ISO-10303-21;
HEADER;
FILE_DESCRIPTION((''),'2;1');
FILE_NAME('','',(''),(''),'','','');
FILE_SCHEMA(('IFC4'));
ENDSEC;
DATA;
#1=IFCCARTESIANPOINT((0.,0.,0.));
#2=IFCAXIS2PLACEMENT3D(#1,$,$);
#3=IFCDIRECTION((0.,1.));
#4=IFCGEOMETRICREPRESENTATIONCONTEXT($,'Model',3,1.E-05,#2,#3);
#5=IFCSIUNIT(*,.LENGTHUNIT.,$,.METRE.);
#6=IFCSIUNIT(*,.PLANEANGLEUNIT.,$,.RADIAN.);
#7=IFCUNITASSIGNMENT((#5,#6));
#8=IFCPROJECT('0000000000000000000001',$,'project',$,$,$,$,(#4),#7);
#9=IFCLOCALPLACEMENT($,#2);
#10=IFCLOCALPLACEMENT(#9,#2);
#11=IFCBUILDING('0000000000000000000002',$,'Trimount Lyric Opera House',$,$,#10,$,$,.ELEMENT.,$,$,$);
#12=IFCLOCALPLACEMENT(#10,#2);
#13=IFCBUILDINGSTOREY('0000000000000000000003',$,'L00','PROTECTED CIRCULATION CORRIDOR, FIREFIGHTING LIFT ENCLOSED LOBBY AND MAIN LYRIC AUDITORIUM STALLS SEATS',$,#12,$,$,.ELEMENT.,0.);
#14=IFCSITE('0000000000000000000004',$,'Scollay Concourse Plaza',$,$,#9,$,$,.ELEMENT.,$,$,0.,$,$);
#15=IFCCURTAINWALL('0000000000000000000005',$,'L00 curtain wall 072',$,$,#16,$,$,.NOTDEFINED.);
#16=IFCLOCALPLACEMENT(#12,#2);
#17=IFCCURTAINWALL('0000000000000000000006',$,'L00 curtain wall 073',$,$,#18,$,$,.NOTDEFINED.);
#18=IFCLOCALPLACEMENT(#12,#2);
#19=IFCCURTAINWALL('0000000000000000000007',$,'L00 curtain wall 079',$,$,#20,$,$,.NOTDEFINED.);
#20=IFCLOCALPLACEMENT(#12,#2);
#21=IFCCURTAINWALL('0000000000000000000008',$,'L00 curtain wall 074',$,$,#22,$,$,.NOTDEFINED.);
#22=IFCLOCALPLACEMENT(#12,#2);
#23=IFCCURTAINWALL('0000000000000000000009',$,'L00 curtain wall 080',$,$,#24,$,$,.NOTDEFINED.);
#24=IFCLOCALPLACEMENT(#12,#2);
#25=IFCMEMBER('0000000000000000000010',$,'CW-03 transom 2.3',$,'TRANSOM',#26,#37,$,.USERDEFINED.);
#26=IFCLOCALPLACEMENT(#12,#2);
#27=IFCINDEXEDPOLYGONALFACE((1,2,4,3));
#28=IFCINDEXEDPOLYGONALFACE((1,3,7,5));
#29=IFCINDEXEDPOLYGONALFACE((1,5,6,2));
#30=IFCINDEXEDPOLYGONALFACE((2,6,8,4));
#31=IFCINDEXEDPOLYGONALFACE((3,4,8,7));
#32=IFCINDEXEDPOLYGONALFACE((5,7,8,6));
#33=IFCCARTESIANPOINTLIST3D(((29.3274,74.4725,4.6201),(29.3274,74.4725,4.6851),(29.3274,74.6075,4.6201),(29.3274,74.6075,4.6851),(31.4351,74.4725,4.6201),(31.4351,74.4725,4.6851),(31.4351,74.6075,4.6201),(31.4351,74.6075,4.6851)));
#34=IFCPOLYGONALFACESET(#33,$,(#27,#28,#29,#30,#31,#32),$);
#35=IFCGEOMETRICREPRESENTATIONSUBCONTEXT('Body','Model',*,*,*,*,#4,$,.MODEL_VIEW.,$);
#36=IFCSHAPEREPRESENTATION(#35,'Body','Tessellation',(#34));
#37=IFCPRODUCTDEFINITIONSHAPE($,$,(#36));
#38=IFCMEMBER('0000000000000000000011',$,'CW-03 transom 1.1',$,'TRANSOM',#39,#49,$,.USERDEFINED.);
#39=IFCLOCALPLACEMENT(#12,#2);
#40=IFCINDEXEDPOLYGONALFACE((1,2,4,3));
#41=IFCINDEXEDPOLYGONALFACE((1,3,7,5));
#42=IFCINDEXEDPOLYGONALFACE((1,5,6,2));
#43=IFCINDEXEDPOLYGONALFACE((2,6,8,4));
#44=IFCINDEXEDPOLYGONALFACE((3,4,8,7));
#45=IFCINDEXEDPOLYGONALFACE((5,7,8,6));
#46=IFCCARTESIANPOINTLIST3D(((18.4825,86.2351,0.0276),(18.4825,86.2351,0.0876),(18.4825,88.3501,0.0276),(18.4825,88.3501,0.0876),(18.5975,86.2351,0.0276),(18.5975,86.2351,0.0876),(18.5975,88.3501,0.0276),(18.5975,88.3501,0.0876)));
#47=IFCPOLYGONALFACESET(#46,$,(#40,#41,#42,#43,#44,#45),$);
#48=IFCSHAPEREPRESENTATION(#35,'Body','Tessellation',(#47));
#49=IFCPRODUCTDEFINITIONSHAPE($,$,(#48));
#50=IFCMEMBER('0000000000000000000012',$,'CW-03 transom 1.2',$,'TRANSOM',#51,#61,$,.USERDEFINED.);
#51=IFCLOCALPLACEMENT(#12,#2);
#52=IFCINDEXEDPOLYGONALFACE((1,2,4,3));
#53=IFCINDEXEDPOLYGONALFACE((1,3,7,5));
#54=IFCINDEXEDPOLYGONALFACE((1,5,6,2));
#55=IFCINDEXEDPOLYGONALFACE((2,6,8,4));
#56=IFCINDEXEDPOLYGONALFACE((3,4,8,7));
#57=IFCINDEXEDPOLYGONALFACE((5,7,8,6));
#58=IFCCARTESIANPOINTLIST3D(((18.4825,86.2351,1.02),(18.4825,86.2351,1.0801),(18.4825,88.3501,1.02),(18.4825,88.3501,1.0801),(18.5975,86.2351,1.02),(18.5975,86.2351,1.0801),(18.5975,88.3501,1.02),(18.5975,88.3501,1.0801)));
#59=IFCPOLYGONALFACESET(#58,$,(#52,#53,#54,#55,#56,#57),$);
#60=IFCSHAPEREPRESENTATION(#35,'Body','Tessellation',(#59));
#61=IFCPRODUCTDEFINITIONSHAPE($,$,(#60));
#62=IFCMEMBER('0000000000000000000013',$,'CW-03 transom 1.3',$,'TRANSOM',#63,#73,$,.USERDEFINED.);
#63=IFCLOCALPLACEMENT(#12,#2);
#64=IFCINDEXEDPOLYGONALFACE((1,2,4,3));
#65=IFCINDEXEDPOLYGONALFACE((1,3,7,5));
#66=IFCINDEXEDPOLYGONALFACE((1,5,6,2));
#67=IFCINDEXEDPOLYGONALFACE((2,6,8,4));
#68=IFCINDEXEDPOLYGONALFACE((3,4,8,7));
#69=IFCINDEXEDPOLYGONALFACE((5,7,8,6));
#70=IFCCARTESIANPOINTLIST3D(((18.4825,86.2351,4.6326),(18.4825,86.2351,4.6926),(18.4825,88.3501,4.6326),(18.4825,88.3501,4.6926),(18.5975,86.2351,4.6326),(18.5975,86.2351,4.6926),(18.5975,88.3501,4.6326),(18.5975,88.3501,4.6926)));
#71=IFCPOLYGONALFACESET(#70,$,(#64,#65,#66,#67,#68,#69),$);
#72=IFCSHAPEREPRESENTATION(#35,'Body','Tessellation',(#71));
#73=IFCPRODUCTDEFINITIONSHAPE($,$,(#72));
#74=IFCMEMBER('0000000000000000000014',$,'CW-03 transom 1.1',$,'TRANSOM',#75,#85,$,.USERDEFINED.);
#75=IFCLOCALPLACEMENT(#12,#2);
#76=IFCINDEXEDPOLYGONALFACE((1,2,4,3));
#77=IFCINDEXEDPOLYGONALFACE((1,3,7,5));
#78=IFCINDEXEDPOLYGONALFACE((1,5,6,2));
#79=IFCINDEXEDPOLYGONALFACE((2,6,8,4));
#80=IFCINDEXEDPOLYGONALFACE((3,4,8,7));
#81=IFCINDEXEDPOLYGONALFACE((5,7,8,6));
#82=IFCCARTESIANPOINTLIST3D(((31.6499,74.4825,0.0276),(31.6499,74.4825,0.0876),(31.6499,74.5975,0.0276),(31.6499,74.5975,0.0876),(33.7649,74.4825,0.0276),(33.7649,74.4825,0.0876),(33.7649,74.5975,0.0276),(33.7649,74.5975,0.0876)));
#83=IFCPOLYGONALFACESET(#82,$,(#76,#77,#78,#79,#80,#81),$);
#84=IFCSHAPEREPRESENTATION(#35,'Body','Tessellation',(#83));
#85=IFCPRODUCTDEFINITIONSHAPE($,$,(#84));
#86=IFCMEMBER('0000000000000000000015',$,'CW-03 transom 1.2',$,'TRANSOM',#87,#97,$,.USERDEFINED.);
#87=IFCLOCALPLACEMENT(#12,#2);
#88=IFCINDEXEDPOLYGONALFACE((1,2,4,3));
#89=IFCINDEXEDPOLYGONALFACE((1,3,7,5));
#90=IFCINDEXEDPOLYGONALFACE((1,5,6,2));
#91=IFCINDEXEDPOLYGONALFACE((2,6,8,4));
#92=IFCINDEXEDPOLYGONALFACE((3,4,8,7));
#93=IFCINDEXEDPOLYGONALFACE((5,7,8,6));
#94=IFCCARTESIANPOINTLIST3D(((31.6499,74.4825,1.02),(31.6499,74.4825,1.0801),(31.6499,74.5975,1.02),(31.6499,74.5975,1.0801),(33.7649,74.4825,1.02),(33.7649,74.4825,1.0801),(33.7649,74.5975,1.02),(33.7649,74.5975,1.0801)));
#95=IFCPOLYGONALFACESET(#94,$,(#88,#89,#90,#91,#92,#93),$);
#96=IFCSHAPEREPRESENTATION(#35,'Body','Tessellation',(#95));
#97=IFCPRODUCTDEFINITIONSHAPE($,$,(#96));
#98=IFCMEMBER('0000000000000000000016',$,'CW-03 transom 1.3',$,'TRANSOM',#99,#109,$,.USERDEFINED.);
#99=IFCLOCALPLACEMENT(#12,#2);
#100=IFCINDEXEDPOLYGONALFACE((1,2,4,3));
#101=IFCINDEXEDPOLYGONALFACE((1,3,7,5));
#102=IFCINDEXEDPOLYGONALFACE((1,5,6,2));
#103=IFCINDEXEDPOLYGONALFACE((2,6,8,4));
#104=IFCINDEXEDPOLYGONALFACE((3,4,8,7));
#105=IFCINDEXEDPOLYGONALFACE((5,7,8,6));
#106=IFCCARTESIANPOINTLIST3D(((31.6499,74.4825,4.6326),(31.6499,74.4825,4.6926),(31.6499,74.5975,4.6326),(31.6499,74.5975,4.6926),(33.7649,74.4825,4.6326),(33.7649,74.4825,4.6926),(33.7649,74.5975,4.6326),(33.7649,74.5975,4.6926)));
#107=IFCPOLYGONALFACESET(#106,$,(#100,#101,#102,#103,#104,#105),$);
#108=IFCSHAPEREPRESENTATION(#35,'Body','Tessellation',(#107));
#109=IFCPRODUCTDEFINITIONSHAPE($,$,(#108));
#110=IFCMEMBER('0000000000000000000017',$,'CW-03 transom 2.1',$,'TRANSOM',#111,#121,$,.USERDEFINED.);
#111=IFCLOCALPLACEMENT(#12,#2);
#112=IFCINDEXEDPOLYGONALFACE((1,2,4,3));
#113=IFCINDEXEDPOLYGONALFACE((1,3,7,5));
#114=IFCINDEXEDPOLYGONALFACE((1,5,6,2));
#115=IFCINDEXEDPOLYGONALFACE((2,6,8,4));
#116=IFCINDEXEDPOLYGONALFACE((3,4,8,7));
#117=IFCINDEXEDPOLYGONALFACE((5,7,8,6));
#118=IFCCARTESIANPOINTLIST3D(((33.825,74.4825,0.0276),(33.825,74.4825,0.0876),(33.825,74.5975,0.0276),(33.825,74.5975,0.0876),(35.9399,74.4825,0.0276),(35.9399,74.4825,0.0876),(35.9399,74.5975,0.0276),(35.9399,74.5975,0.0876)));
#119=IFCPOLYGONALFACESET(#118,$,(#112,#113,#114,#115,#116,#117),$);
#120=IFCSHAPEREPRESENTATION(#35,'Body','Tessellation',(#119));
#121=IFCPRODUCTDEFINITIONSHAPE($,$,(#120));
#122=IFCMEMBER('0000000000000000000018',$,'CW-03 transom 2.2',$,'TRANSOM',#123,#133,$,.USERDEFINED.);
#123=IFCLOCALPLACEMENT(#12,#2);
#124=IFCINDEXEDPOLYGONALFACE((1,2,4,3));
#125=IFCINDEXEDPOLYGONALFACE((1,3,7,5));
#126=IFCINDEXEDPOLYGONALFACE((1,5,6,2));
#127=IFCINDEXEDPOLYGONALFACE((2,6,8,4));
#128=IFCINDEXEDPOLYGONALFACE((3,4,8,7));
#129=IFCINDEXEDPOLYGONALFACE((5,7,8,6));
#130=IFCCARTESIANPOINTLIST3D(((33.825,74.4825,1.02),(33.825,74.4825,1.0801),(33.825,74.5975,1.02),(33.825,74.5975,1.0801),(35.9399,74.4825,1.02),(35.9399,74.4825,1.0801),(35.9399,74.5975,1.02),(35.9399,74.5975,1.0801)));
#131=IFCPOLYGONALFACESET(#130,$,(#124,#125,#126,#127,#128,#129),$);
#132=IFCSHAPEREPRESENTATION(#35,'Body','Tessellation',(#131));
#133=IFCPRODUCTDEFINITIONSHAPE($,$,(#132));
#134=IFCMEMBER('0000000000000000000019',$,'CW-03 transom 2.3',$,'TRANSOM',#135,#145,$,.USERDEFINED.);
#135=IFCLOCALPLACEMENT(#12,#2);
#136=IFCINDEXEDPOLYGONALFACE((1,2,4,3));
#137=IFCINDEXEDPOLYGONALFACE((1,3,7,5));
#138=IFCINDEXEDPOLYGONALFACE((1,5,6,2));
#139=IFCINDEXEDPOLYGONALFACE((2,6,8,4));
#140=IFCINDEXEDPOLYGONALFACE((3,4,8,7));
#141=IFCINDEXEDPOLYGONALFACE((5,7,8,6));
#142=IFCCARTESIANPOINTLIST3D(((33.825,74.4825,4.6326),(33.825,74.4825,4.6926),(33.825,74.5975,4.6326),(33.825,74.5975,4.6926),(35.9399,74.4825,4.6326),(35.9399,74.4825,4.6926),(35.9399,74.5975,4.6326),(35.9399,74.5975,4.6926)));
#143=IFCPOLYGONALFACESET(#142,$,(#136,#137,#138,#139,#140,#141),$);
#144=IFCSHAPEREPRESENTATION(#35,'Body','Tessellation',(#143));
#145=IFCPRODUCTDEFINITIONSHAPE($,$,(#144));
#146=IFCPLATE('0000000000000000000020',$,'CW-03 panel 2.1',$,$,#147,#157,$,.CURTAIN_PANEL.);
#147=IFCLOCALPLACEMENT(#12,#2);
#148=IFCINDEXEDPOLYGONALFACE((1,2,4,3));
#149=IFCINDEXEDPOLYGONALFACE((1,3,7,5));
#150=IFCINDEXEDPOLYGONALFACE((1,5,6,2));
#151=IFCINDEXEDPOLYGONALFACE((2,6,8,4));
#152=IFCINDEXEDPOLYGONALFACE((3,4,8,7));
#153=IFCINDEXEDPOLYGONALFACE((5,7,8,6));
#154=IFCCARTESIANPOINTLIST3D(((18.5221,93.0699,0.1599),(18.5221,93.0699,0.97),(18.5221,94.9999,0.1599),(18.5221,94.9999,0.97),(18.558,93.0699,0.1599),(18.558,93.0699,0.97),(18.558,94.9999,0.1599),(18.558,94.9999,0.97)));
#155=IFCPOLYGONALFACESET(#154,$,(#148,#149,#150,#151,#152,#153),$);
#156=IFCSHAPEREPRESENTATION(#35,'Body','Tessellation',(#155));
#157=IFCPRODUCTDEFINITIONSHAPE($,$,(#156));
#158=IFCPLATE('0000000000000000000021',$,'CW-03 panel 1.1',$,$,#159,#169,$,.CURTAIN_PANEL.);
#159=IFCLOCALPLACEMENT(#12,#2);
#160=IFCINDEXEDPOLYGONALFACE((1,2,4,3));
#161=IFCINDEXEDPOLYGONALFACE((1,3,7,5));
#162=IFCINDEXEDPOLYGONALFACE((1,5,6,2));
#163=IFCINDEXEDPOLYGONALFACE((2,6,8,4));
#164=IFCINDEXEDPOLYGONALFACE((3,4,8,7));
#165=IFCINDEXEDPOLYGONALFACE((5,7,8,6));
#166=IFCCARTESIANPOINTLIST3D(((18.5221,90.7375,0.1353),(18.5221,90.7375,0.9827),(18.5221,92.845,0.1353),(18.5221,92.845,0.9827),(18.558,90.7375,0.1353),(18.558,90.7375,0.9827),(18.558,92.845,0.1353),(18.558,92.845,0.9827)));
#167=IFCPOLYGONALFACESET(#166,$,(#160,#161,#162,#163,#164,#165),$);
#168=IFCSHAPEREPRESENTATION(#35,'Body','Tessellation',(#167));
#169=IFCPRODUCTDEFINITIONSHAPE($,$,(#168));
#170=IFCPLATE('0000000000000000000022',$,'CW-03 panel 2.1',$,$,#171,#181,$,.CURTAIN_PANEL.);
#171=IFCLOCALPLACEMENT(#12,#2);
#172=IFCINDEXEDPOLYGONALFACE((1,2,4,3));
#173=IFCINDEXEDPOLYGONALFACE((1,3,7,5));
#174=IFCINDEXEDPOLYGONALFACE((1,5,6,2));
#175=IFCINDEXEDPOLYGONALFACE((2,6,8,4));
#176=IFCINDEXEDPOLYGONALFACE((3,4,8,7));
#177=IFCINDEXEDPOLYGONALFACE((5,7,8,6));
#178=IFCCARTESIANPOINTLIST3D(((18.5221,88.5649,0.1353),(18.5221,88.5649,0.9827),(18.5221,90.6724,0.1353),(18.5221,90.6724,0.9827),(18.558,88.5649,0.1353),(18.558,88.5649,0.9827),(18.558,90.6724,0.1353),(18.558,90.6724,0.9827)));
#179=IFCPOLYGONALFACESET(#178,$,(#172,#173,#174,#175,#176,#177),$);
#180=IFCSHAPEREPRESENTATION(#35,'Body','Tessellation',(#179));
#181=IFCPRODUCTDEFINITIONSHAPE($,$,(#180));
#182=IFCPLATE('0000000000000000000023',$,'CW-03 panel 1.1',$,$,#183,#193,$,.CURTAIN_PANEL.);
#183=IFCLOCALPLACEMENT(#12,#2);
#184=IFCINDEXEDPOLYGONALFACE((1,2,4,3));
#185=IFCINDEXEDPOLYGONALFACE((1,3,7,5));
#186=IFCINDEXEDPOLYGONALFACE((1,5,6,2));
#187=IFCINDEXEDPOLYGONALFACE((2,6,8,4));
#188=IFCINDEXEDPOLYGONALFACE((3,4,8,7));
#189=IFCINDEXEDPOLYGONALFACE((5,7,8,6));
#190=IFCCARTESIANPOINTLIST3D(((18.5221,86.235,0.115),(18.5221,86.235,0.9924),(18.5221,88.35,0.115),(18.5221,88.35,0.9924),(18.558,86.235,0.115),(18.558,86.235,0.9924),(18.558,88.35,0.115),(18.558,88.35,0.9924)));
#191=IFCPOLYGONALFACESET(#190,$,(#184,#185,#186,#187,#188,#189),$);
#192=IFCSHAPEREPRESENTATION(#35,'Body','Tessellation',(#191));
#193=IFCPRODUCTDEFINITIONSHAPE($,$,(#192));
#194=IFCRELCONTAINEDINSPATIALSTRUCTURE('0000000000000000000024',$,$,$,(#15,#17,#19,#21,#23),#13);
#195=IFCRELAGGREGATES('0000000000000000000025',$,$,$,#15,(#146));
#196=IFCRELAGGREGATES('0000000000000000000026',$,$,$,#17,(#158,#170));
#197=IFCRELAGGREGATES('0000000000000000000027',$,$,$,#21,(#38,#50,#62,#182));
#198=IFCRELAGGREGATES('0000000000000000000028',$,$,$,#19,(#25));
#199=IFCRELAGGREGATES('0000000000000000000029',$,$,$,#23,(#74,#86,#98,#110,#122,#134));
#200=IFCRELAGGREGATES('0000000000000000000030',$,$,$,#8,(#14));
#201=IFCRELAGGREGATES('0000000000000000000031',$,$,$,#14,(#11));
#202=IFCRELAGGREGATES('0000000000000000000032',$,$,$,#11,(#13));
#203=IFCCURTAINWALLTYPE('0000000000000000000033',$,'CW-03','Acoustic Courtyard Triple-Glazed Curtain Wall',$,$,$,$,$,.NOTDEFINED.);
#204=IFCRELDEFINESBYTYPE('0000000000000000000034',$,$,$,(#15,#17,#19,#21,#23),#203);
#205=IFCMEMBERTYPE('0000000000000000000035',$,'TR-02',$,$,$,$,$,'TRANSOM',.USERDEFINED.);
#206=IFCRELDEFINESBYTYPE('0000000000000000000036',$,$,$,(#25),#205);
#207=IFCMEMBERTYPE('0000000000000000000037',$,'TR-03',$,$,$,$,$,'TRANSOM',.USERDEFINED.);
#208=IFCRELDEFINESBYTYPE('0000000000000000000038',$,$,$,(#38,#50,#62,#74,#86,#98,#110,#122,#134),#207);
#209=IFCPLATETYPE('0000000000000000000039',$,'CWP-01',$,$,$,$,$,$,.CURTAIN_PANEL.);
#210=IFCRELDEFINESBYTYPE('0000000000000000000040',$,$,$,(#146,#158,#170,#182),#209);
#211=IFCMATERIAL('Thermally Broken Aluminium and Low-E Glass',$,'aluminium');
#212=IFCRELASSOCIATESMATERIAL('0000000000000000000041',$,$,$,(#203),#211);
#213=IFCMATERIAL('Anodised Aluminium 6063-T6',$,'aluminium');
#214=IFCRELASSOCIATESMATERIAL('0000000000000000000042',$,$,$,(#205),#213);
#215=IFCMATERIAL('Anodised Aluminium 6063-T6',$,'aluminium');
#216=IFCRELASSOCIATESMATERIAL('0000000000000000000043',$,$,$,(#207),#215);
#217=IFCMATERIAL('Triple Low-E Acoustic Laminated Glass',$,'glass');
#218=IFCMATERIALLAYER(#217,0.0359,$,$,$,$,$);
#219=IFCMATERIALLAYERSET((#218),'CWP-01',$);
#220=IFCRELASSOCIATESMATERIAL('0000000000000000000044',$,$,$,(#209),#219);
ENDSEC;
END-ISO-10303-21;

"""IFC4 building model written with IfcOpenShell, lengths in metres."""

from ifc_helpers import new_model, si_unit, direction, frame, origin, origin_2d, place, context, subcontext, project, spatial, rectangle, extrude, material, layer, layer_set, material_profile, profile_set, type_object, element, aggregate, save


model = new_model("IFC4")

# Units and contexts
model_context = context("Model", 3, precision=1e-05, world=origin(), true_north=direction((0.0, 1.0)))
body_context = subcontext(model_context, "Body", "Model", "MODEL_VIEW")
ifc_project = project(units=[si_unit("LENGTHUNIT", "METRE"), si_unit("PLANEANGLEUNIT", "RADIAN")], contexts=[model_context])

# Site, building, storey
site_placement = place(None, origin())
site = spatial("IfcSite", under=ifc_project, at=site_placement, Name="Scollay Concourse Plaza", CompositionType="ELEMENT", RefElevation=0.0)
building_placement = place(site_placement, origin())
building = spatial("IfcBuilding", under=site, at=building_placement, Name="Trimount Lyric Opera House", CompositionType="ELEMENT")
storey_placement = place(building_placement, origin())
storey = spatial("IfcBuildingStorey", under=building, at=storey_placement, Name="L00", Description="PROTECTED CIRCULATION CORRIDOR, FIREFIGHTING LIFT ENCLOSED LOBBY AND MAIN LYRIC AUDITORIUM STALLS SEATS", CompositionType="ELEMENT", Elevation=0.0)

# Curtain wall
ifc_material_1 = material(Name="Thermally Broken Aluminium and Low-E Glass", Category="aluminium")
curtain_wall_type = type_object("IfcCurtainWallType", Name="CW-03", Description="Acoustic Courtyard Triple-Glazed Curtain Wall", PredefinedType="NOTDEFINED", material=ifc_material_1)
curtain_wall_1_placement = place(storey_placement, origin())
curtain_wall_1 = element("IfcCurtainWall", 1, at=curtain_wall_1_placement, inside=storey, type_object=curtain_wall_type, Name="L00 curtain wall 072", PredefinedType="NOTDEFINED")

# Curtain wall
curtain_wall_2_placement = place(storey_placement, origin())
curtain_wall_2 = element("IfcCurtainWall", 2, at=curtain_wall_2_placement, inside=storey, type_object=curtain_wall_type, Name="L00 curtain wall 073", PredefinedType="NOTDEFINED")

# Curtain walls
curtain_wall_3_placement = place(storey_placement, origin())
curtain_wall_3 = element("IfcCurtainWall", 3, at=curtain_wall_3_placement, inside=storey, type_object=curtain_wall_type, Name="L00 curtain wall 079", PredefinedType="NOTDEFINED")
curtain_wall_4_placement = place(storey_placement, origin())
curtain_wall_4 = element("IfcCurtainWall", 4, at=curtain_wall_4_placement, inside=storey, type_object=curtain_wall_type, Name="L00 curtain wall 074", PredefinedType="NOTDEFINED")

# Curtain wall
curtain_wall_5_placement = place(storey_placement, origin())
curtain_wall_5 = element("IfcCurtainWall", 5, at=curtain_wall_5_placement, inside=storey, type_object=curtain_wall_type, Name="L00 curtain wall 080", PredefinedType="NOTDEFINED")

# Members
ifc_material_2 = material(Name="Anodised Aluminium 6063-T6", Category="aluminium")
ifc_material_profile_1 = material_profile(ifc_material_2, rectangle(XDim=0.135, YDim=0.0649, at=origin_2d()), Name="ALU-TRAN-65X135")
ifc_profile_set_1 = profile_set([ifc_material_profile_1], Name="Anodised Aluminium 6063-T6")
member_type_1 = type_object("IfcMemberType", Name="TR-02", ElementType="TRANSOM", PredefinedType="USERDEFINED", material=ifc_profile_set_1)
member_1_placement = place(storey_placement, frame((29.3274, 74.54, 4.6526), z_axis=(1.0, 0.0, 0.0), x_axis=(0.0, 1.0, 0.0)))
member_1 = element("IfcMember", 6, at=member_1_placement, type_object=member_type_1, Name="CW-03 transom 2.3", ObjectType="TRANSOM", PredefinedType="USERDEFINED", context=body_context, shape_type="SweptSolid", body=[
    extrude(rectangle(XDim=0.135, YDim=0.0649, at=origin_2d()), origin(), (0.0, 0.0, 1.0), 2.1077),
])
ifc_material_3 = material(Name="Anodised Aluminium 6063-T6", Category="aluminium")
ifc_material_profile_2 = material_profile(ifc_material_3, rectangle(XDim=0.115, YDim=0.0601, at=origin_2d()), Name="ALU-TRAN-60X115")
ifc_profile_set_2 = profile_set([ifc_material_profile_2], Name="Anodised Aluminium 6063-T6")
member_type_2 = type_object("IfcMemberType", Name="TR-03", ElementType="TRANSOM", PredefinedType="USERDEFINED", material=ifc_profile_set_2)
member_2_placement = place(storey_placement, frame((18.54, 88.3501, 0.0576), z_axis=(0.0, -1.0, 0.0), x_axis=(1.0, 0.0, 0.0)))
member_2 = element("IfcMember", 7, at=member_2_placement, type_object=member_type_2, Name="CW-03 transom 1.1", ObjectType="TRANSOM", PredefinedType="USERDEFINED", context=body_context, shape_type="SweptSolid", body=[
    extrude(rectangle(XDim=0.115, YDim=0.0601, at=origin_2d()), origin(), (0.0, 0.0, 1.0), 2.115),
])
member_3_placement = place(storey_placement, frame((18.54, 88.3501, 1.05), z_axis=(0.0, -1.0, 0.0), x_axis=(1.0, 0.0, 0.0)))
member_3 = element("IfcMember", 8, at=member_3_placement, type_object=member_type_2, Name="CW-03 transom 1.2", ObjectType="TRANSOM", PredefinedType="USERDEFINED", context=body_context, shape_type="SweptSolid", body=[
    extrude(rectangle(XDim=0.115, YDim=0.0601, at=origin_2d()), origin(), (0.0, 0.0, 1.0), 2.115),
])
member_4_placement = place(storey_placement, frame((18.54, 88.3501, 4.6626), z_axis=(0.0, -1.0, 0.0), x_axis=(1.0, 0.0, 0.0)))
member_4 = element("IfcMember", 9, at=member_4_placement, type_object=member_type_2, Name="CW-03 transom 1.3", ObjectType="TRANSOM", PredefinedType="USERDEFINED", context=body_context, shape_type="SweptSolid", body=[
    extrude(rectangle(XDim=0.115, YDim=0.0601, at=origin_2d()), origin(), (0.0, 0.0, 1.0), 2.115),
])
member_5_placement = place(storey_placement, frame((31.6499, 74.54, 0.0576), z_axis=(1.0, 0.0, 0.0), x_axis=(0.0, 1.0, 0.0)))
member_5 = element("IfcMember", 10, at=member_5_placement, type_object=member_type_2, Name="CW-03 transom 1.1", ObjectType="TRANSOM", PredefinedType="USERDEFINED", context=body_context, shape_type="SweptSolid", body=[
    extrude(rectangle(XDim=0.115, YDim=0.0601, at=origin_2d()), origin(), (0.0, 0.0, 1.0), 2.115),
])
member_6_placement = place(storey_placement, frame((31.6499, 74.54, 1.05), z_axis=(1.0, 0.0, 0.0), x_axis=(0.0, 1.0, 0.0)))
member_6 = element("IfcMember", 11, at=member_6_placement, type_object=member_type_2, Name="CW-03 transom 1.2", ObjectType="TRANSOM", PredefinedType="USERDEFINED", context=body_context, shape_type="SweptSolid", body=[
    extrude(rectangle(XDim=0.115, YDim=0.0601, at=origin_2d()), origin(), (0.0, 0.0, 1.0), 2.115),
])
member_7_placement = place(storey_placement, frame((31.6499, 74.54, 4.6626), z_axis=(1.0, 0.0, 0.0), x_axis=(0.0, 1.0, 0.0)))
member_7 = element("IfcMember", 12, at=member_7_placement, type_object=member_type_2, Name="CW-03 transom 1.3", ObjectType="TRANSOM", PredefinedType="USERDEFINED", context=body_context, shape_type="SweptSolid", body=[
    extrude(rectangle(XDim=0.115, YDim=0.0601, at=origin_2d()), origin(), (0.0, 0.0, 1.0), 2.115),
])
member_8_placement = place(storey_placement, frame((33.825, 74.54, 0.0576), z_axis=(1.0, 0.0, 0.0), x_axis=(0.0, 1.0, 0.0)))
member_8 = element("IfcMember", 13, at=member_8_placement, type_object=member_type_2, Name="CW-03 transom 2.1", ObjectType="TRANSOM", PredefinedType="USERDEFINED", context=body_context, shape_type="SweptSolid", body=[
    extrude(rectangle(XDim=0.115, YDim=0.0601, at=origin_2d()), origin(), (0.0, 0.0, 1.0), 2.115),
])
member_9_placement = place(storey_placement, frame((33.825, 74.54, 1.05), z_axis=(1.0, 0.0, 0.0), x_axis=(0.0, 1.0, 0.0)))
member_9 = element("IfcMember", 14, at=member_9_placement, type_object=member_type_2, Name="CW-03 transom 2.2", ObjectType="TRANSOM", PredefinedType="USERDEFINED", context=body_context, shape_type="SweptSolid", body=[
    extrude(rectangle(XDim=0.115, YDim=0.0601, at=origin_2d()), origin(), (0.0, 0.0, 1.0), 2.115),
])
member_10_placement = place(storey_placement, frame((33.825, 74.54, 4.6626), z_axis=(1.0, 0.0, 0.0), x_axis=(0.0, 1.0, 0.0)))
member_10 = element("IfcMember", 15, at=member_10_placement, type_object=member_type_2, Name="CW-03 transom 2.3", ObjectType="TRANSOM", PredefinedType="USERDEFINED", context=body_context, shape_type="SweptSolid", body=[
    extrude(rectangle(XDim=0.115, YDim=0.0601, at=origin_2d()), origin(), (0.0, 0.0, 1.0), 2.115),
])

# Plates
ifc_material_4 = material(Name="Triple Low-E Acoustic Laminated Glass", Category="glass")
ifc_layer_1 = layer(ifc_material_4, 0.0359)
ifc_layer_set_1 = layer_set([ifc_layer_1], Name="CWP-01")
plate_type_1 = type_object("IfcPlateType", Name="CWP-01", PredefinedType="CURTAIN_PANEL", material=ifc_layer_set_1)
plate_1_placement = place(storey_placement, frame((18.54, 94.0349, 0.1599), z_axis=(0.0, 0.0, 1.0), x_axis=(0.0, -1.0, 0.0)))
plate_1 = element("IfcPlate", 16, at=plate_1_placement, type_object=plate_type_1, Name="CW-03 panel 2.1", PredefinedType="CURTAIN_PANEL", context=body_context, shape_type="SweptSolid", body=[
    extrude(rectangle(XDim=1.9299, YDim=0.0359, at=origin_2d()), origin(), (0.0, 0.0, 1.0), 0.8101),
])
plate_2_placement = place(storey_placement, frame((18.54, 91.7913, 0.1353), z_axis=(0.0, 0.0, 1.0), x_axis=(0.0, -1.0, 0.0)))
plate_2 = element("IfcPlate", 17, at=plate_2_placement, type_object=plate_type_1, Name="CW-03 panel 1.1", PredefinedType="CURTAIN_PANEL", context=body_context, shape_type="SweptSolid", body=[
    extrude(rectangle(XDim=2.1074, YDim=0.0359, at=origin_2d()), origin(), (0.0, 0.0, 1.0), 0.8474),
])
plate_3_placement = place(storey_placement, frame((18.54, 89.6187, 0.1353), z_axis=(0.0, 0.0, 1.0), x_axis=(0.0, -1.0, 0.0)))
plate_3 = element("IfcPlate", 18, at=plate_3_placement, type_object=plate_type_1, Name="CW-03 panel 2.1", PredefinedType="CURTAIN_PANEL", context=body_context, shape_type="SweptSolid", body=[
    extrude(rectangle(XDim=2.1074, YDim=0.0359, at=origin_2d()), origin(), (0.0, 0.0, 1.0), 0.8474),
])
plate_4_placement = place(storey_placement, frame((18.54, 87.2925, 0.115), z_axis=(0.0, 0.0, 1.0), x_axis=(0.0, -1.0, 0.0)))
plate_4 = element("IfcPlate", 19, at=plate_4_placement, type_object=plate_type_1, Name="CW-03 panel 1.1", PredefinedType="CURTAIN_PANEL", context=body_context, shape_type="SweptSolid", body=[
    extrude(rectangle(XDim=2.115, YDim=0.0359, at=origin_2d()), origin(), (0.0, 0.0, 1.0), 0.8774),
])
aggregate(curtain_wall_1, [plate_1])
aggregate(curtain_wall_2, [plate_2, plate_3])
aggregate(curtain_wall_4, [member_2, member_3, member_4, plate_4])
aggregate(curtain_wall_3, [member_1])
aggregate(curtain_wall_5, [member_5, member_6, member_7, member_8, member_9, member_10])

save(model, "model.ifc")
